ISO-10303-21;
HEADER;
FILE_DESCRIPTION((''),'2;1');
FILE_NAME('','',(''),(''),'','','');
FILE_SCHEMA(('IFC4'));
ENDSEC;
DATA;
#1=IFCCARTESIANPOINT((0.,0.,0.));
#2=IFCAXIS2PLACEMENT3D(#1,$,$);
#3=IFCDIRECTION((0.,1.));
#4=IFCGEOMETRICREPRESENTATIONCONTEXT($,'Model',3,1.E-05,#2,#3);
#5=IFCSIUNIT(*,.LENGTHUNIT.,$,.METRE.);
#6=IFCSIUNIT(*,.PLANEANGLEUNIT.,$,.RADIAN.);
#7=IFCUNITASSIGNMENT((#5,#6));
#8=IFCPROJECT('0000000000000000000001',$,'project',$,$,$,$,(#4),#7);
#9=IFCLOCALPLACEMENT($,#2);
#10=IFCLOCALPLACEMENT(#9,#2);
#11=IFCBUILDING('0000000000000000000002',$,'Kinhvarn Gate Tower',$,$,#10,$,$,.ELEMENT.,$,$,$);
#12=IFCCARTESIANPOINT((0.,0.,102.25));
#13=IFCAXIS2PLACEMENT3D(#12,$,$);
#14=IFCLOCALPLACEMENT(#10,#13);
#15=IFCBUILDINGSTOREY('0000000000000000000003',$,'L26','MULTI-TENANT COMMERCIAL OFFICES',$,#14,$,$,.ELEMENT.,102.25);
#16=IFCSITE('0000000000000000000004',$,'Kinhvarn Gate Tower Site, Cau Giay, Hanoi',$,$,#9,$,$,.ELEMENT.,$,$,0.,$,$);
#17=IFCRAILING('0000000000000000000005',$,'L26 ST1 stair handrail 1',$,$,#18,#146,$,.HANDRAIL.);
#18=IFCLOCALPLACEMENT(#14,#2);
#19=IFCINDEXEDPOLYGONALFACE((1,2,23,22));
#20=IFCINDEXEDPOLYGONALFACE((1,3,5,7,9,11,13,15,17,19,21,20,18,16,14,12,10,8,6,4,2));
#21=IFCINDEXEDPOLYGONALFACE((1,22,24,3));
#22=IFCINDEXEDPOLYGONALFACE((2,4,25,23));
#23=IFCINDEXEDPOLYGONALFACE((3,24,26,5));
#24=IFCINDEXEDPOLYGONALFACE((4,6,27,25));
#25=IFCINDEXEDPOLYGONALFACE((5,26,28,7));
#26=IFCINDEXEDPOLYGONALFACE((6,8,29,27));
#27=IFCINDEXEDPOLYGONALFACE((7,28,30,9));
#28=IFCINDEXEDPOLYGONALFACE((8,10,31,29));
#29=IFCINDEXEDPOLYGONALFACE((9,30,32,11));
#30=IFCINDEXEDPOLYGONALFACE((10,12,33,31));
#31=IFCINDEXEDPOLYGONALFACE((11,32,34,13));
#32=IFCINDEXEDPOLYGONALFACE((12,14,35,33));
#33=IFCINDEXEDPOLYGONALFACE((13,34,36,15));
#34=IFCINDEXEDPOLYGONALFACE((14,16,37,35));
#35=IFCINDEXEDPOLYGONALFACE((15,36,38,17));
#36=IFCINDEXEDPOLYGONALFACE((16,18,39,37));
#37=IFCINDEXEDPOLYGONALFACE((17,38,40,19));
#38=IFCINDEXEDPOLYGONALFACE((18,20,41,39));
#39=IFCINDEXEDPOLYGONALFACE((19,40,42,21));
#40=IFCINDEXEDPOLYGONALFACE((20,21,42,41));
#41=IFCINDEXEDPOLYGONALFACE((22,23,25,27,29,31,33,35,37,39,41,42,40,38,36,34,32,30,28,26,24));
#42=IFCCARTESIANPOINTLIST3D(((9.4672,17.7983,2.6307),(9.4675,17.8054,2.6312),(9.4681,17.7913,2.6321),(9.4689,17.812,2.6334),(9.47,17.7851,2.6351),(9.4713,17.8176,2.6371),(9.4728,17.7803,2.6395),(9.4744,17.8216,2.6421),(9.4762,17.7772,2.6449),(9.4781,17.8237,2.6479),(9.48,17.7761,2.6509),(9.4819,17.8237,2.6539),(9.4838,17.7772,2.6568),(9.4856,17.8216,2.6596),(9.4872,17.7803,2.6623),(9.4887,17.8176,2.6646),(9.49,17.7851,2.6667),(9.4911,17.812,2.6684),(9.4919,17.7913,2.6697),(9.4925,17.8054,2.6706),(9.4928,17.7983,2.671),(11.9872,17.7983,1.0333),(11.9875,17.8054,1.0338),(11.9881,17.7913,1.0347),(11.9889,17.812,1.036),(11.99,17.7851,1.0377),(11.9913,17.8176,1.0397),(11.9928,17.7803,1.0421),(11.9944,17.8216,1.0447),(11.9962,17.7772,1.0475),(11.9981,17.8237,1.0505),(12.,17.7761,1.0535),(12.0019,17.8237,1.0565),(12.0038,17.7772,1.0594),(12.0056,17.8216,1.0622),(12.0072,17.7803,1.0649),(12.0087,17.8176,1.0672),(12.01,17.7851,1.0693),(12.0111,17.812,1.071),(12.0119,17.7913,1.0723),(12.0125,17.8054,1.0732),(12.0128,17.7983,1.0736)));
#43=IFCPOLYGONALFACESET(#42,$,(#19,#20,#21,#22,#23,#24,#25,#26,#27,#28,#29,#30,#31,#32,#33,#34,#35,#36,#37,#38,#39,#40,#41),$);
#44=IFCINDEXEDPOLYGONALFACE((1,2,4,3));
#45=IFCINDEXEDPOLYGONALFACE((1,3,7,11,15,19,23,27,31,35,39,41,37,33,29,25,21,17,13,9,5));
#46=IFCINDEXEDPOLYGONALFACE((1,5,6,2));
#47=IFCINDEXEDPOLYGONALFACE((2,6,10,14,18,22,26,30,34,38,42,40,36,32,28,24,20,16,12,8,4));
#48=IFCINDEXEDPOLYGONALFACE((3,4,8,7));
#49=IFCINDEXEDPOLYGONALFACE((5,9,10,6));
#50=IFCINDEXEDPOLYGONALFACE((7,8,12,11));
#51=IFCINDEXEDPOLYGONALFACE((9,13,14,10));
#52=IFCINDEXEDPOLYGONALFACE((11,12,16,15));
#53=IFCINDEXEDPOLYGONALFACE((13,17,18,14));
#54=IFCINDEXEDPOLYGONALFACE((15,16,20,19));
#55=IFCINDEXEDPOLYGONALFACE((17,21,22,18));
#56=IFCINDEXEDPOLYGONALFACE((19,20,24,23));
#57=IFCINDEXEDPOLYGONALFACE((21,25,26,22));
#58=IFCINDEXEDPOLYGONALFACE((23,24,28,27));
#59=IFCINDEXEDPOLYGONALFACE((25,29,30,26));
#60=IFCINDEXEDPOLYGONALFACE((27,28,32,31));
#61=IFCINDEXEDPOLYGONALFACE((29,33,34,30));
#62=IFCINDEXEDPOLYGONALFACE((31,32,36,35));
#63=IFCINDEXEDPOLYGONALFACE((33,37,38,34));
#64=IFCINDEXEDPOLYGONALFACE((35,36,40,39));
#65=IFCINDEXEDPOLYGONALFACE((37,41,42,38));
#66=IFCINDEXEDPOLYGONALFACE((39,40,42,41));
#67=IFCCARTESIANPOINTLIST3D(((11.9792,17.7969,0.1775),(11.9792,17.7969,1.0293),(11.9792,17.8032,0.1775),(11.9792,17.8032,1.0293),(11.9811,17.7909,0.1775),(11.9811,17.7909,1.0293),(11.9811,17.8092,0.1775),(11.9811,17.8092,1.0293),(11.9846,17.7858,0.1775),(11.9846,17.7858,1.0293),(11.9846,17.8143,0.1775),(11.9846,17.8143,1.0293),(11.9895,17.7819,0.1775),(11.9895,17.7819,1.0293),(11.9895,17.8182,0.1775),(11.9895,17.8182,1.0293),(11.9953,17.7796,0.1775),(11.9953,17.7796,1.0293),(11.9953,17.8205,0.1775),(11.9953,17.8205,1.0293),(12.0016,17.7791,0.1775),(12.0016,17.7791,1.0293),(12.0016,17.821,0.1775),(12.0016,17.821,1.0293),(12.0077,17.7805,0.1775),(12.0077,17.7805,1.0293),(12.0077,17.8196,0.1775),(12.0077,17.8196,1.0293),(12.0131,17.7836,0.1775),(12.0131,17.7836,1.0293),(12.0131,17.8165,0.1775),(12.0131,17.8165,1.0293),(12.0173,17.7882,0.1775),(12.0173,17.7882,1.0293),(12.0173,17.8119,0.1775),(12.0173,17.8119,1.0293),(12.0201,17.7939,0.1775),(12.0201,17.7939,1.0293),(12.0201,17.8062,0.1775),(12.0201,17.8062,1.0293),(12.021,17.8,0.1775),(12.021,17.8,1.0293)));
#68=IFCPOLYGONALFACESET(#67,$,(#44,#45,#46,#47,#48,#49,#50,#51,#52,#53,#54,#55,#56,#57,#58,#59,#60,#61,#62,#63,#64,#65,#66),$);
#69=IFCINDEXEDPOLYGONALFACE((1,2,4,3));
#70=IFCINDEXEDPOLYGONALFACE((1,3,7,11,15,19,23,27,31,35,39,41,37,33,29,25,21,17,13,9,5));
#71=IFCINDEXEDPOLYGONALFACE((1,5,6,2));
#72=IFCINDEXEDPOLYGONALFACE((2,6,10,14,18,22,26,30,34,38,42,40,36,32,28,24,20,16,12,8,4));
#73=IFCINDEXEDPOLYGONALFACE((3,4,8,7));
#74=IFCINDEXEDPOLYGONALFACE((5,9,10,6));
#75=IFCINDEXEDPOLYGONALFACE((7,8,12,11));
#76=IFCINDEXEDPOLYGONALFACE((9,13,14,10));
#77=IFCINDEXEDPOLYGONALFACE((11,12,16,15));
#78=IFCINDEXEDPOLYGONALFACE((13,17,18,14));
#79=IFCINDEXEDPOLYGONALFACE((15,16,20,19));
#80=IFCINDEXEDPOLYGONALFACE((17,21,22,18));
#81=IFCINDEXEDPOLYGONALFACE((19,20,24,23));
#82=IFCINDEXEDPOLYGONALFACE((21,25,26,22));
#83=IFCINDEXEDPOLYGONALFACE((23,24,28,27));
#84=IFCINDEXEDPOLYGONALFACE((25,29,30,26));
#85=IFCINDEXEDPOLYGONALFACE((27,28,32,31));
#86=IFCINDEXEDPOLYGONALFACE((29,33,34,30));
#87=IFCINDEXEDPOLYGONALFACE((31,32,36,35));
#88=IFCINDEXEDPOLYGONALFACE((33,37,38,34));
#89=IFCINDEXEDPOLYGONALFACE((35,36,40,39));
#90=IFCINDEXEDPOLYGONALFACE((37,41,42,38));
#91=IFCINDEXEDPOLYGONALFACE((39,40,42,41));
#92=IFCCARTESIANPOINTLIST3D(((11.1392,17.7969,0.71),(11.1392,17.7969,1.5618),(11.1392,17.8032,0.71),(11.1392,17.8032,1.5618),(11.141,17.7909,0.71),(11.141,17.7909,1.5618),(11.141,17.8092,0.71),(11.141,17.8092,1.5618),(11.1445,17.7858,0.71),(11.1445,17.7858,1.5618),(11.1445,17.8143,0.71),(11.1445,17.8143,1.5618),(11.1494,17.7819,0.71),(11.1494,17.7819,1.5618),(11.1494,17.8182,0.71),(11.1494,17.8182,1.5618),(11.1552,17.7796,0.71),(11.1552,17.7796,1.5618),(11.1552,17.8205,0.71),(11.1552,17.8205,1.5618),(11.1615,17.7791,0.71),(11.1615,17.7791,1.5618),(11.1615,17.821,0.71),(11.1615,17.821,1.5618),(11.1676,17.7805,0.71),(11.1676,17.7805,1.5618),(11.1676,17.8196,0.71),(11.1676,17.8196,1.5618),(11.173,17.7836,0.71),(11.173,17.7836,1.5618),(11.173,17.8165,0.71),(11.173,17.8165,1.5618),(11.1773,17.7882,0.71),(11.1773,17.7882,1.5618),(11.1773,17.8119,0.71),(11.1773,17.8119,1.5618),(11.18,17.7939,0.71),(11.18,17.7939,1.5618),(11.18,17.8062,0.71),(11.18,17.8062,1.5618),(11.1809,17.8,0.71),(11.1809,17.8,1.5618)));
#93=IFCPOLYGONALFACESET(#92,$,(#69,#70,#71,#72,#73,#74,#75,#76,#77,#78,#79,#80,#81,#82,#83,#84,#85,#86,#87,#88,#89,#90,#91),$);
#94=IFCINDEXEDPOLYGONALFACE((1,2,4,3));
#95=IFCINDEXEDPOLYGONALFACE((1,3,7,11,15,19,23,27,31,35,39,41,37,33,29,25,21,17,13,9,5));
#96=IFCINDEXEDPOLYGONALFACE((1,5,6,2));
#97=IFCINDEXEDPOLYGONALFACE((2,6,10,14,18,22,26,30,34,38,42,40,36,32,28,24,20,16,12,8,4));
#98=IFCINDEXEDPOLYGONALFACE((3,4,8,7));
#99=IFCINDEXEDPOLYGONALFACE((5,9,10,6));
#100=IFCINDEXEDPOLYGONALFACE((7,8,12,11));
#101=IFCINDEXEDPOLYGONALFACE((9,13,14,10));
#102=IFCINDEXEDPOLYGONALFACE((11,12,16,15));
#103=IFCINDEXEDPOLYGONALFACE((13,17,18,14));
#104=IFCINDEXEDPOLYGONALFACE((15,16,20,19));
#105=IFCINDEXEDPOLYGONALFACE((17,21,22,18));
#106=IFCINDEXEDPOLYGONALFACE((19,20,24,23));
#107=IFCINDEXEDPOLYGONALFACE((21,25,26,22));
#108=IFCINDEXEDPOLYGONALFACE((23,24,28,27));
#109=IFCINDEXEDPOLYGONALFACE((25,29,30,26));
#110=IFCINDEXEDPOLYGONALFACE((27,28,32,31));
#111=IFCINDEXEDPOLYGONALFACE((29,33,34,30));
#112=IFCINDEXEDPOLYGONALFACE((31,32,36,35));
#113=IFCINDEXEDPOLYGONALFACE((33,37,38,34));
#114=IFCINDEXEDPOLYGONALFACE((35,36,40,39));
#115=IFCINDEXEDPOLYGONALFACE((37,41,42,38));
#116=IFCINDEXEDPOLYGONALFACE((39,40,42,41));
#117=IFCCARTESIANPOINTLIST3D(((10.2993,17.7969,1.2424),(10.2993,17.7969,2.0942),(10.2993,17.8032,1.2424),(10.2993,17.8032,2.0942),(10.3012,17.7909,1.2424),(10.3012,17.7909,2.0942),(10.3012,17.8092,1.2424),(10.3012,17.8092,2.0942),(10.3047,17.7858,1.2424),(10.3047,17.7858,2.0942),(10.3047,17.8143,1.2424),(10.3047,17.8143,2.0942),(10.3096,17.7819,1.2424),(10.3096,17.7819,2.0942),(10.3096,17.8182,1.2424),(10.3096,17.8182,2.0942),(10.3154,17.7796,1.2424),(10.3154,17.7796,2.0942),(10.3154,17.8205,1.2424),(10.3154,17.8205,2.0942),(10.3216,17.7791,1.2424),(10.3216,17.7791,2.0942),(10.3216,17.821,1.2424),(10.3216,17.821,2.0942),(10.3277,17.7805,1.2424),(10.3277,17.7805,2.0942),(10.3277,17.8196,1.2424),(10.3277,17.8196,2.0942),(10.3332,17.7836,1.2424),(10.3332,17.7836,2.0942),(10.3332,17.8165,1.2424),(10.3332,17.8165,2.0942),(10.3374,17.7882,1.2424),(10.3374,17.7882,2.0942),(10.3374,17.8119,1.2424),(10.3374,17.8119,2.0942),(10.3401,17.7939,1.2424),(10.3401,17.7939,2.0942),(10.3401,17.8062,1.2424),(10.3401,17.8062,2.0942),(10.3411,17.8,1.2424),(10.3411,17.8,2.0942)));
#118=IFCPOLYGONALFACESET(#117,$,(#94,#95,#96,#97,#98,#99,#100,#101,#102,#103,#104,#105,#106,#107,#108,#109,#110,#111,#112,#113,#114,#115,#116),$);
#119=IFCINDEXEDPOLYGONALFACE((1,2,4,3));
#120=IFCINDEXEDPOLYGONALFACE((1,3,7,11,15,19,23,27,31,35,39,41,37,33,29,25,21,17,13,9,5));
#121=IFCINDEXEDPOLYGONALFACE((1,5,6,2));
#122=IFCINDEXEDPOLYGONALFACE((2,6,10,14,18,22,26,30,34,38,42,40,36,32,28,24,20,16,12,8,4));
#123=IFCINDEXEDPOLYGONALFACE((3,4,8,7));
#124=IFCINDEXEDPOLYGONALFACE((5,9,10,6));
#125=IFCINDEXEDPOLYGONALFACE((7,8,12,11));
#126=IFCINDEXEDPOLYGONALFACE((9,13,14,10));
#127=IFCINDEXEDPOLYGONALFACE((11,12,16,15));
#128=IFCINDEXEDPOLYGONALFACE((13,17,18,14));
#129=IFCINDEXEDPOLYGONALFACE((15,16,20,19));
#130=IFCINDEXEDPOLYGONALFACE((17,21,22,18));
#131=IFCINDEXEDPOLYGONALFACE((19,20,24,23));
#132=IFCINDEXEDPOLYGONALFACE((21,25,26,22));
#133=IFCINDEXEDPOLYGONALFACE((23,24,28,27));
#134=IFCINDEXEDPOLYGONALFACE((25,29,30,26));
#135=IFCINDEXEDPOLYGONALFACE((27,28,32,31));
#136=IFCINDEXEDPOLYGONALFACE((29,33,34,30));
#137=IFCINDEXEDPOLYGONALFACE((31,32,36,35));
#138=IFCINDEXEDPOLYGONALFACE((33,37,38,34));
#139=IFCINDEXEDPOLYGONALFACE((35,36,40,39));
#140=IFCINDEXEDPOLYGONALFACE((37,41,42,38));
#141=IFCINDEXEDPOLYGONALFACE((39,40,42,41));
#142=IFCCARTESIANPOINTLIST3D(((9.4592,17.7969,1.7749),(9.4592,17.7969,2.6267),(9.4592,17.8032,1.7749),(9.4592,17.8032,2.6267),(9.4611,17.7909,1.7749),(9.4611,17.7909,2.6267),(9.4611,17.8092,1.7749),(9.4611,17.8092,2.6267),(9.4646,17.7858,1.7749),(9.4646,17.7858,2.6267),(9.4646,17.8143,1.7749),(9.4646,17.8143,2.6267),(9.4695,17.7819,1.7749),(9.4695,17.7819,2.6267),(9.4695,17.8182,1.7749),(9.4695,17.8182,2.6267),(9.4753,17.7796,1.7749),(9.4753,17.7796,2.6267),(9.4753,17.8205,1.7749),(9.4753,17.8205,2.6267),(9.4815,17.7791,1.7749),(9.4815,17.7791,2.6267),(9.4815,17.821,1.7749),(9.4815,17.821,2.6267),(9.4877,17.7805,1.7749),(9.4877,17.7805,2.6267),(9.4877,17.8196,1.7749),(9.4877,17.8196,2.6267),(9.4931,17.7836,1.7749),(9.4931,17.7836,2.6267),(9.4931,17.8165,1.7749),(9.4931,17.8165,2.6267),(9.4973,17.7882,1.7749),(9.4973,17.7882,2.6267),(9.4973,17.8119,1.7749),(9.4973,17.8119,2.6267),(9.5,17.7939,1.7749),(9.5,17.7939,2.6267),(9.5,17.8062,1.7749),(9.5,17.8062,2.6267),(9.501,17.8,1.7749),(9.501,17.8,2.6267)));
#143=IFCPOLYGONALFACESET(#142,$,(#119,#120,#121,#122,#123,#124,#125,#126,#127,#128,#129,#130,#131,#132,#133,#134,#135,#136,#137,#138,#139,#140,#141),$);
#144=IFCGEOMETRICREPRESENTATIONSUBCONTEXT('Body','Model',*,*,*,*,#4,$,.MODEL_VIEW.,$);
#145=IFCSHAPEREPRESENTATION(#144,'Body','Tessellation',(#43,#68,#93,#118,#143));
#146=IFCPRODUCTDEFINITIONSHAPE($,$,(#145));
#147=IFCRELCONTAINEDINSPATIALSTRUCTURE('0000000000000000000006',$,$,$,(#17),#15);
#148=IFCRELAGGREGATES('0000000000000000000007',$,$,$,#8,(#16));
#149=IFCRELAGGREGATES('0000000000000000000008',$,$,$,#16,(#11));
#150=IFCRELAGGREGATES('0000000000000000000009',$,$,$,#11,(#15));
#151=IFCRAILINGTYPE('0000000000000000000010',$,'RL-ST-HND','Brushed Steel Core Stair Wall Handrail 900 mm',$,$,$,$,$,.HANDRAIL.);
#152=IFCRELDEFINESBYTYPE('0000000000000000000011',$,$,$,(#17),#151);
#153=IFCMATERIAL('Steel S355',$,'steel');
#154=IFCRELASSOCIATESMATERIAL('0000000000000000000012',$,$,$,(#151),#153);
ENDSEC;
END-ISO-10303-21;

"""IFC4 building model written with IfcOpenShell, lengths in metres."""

from ifc_helpers import new_model, si_unit, direction, frame, origin, origin_2d, place, context, subcontext, project, spatial, circle, extrude, material, type_object, element, save


model = new_model("IFC4")

# Units and contexts
model_context = context("Model", 3, precision=1e-05, world=origin(), true_north=direction((0.0, 1.0)))
body_context = subcontext(model_context, "Body", "Model", "MODEL_VIEW")
ifc_project = project(units=[si_unit("LENGTHUNIT", "METRE"), si_unit("PLANEANGLEUNIT", "RADIAN")], contexts=[model_context])

# Site, building, storey
site_placement = place(None, origin())
site = spatial("IfcSite", under=ifc_project, at=site_placement, Name="Kinhvarn Gate Tower Site, Cau Giay, Hanoi", CompositionType="ELEMENT", RefElevation=0.0)
building_placement = place(site_placement, origin())
building = spatial("IfcBuilding", under=site, at=building_placement, Name="Kinhvarn Gate Tower", CompositionType="ELEMENT")
storey_placement = place(building_placement, frame((0.0, 0.0, 102.25)))
storey = spatial("IfcBuildingStorey", under=building, at=storey_placement, Name="L26", Description="MULTI-TENANT COMMERCIAL OFFICES", CompositionType="ELEMENT", Elevation=102.25)

# Shared definitions
ifc_material_1 = material(Name="Steel S355", Category="steel")

# Railing
railing_type_1 = type_object("IfcRailingType", Name="RL-ST-HND", Description="Brushed Steel Core Stair Wall Handrail 900 mm", PredefinedType="HANDRAIL", material=ifc_material_1)
railing_1_placement = place(storey_placement, frame((12.0, 17.8, 0.1775)))
element("IfcRailing", 1, at=railing_1_placement, inside=storey, type_object=railing_type_1, Name="L26 ST1 stair handrail 1", PredefinedType="HANDRAIL", context=body_context, shape_type="SweptSolid", body=[
    extrude(circle(Radius=0.0239, at=origin_2d()), frame((0.0, 0.0, 0.876), z_axis=(-0.844607, 0.0, 0.535387), x_axis=(0.0, -1.0, 0.0)), (0.0, 0.0, 1.0), 2.9836),
    extrude(circle(Radius=0.021, at=origin_2d()), origin(), (0.0, 0.0, 1.0), 0.8518),
    extrude(circle(Radius=0.021, at=origin_2d()), frame((-0.8401, 0.0, 0.5325)), (0.0, 0.0, 1.0), 0.8518),
    extrude(circle(Radius=0.021, at=origin_2d()), frame((-1.6799, 0.0, 1.0649)), (0.0, 0.0, 1.0), 0.8518),
    extrude(circle(Radius=0.021, at=origin_2d()), frame((-2.52, 0.0, 1.5974)), (0.0, 0.0, 1.0), 0.8518),
])

save(model, "model.ifc")
